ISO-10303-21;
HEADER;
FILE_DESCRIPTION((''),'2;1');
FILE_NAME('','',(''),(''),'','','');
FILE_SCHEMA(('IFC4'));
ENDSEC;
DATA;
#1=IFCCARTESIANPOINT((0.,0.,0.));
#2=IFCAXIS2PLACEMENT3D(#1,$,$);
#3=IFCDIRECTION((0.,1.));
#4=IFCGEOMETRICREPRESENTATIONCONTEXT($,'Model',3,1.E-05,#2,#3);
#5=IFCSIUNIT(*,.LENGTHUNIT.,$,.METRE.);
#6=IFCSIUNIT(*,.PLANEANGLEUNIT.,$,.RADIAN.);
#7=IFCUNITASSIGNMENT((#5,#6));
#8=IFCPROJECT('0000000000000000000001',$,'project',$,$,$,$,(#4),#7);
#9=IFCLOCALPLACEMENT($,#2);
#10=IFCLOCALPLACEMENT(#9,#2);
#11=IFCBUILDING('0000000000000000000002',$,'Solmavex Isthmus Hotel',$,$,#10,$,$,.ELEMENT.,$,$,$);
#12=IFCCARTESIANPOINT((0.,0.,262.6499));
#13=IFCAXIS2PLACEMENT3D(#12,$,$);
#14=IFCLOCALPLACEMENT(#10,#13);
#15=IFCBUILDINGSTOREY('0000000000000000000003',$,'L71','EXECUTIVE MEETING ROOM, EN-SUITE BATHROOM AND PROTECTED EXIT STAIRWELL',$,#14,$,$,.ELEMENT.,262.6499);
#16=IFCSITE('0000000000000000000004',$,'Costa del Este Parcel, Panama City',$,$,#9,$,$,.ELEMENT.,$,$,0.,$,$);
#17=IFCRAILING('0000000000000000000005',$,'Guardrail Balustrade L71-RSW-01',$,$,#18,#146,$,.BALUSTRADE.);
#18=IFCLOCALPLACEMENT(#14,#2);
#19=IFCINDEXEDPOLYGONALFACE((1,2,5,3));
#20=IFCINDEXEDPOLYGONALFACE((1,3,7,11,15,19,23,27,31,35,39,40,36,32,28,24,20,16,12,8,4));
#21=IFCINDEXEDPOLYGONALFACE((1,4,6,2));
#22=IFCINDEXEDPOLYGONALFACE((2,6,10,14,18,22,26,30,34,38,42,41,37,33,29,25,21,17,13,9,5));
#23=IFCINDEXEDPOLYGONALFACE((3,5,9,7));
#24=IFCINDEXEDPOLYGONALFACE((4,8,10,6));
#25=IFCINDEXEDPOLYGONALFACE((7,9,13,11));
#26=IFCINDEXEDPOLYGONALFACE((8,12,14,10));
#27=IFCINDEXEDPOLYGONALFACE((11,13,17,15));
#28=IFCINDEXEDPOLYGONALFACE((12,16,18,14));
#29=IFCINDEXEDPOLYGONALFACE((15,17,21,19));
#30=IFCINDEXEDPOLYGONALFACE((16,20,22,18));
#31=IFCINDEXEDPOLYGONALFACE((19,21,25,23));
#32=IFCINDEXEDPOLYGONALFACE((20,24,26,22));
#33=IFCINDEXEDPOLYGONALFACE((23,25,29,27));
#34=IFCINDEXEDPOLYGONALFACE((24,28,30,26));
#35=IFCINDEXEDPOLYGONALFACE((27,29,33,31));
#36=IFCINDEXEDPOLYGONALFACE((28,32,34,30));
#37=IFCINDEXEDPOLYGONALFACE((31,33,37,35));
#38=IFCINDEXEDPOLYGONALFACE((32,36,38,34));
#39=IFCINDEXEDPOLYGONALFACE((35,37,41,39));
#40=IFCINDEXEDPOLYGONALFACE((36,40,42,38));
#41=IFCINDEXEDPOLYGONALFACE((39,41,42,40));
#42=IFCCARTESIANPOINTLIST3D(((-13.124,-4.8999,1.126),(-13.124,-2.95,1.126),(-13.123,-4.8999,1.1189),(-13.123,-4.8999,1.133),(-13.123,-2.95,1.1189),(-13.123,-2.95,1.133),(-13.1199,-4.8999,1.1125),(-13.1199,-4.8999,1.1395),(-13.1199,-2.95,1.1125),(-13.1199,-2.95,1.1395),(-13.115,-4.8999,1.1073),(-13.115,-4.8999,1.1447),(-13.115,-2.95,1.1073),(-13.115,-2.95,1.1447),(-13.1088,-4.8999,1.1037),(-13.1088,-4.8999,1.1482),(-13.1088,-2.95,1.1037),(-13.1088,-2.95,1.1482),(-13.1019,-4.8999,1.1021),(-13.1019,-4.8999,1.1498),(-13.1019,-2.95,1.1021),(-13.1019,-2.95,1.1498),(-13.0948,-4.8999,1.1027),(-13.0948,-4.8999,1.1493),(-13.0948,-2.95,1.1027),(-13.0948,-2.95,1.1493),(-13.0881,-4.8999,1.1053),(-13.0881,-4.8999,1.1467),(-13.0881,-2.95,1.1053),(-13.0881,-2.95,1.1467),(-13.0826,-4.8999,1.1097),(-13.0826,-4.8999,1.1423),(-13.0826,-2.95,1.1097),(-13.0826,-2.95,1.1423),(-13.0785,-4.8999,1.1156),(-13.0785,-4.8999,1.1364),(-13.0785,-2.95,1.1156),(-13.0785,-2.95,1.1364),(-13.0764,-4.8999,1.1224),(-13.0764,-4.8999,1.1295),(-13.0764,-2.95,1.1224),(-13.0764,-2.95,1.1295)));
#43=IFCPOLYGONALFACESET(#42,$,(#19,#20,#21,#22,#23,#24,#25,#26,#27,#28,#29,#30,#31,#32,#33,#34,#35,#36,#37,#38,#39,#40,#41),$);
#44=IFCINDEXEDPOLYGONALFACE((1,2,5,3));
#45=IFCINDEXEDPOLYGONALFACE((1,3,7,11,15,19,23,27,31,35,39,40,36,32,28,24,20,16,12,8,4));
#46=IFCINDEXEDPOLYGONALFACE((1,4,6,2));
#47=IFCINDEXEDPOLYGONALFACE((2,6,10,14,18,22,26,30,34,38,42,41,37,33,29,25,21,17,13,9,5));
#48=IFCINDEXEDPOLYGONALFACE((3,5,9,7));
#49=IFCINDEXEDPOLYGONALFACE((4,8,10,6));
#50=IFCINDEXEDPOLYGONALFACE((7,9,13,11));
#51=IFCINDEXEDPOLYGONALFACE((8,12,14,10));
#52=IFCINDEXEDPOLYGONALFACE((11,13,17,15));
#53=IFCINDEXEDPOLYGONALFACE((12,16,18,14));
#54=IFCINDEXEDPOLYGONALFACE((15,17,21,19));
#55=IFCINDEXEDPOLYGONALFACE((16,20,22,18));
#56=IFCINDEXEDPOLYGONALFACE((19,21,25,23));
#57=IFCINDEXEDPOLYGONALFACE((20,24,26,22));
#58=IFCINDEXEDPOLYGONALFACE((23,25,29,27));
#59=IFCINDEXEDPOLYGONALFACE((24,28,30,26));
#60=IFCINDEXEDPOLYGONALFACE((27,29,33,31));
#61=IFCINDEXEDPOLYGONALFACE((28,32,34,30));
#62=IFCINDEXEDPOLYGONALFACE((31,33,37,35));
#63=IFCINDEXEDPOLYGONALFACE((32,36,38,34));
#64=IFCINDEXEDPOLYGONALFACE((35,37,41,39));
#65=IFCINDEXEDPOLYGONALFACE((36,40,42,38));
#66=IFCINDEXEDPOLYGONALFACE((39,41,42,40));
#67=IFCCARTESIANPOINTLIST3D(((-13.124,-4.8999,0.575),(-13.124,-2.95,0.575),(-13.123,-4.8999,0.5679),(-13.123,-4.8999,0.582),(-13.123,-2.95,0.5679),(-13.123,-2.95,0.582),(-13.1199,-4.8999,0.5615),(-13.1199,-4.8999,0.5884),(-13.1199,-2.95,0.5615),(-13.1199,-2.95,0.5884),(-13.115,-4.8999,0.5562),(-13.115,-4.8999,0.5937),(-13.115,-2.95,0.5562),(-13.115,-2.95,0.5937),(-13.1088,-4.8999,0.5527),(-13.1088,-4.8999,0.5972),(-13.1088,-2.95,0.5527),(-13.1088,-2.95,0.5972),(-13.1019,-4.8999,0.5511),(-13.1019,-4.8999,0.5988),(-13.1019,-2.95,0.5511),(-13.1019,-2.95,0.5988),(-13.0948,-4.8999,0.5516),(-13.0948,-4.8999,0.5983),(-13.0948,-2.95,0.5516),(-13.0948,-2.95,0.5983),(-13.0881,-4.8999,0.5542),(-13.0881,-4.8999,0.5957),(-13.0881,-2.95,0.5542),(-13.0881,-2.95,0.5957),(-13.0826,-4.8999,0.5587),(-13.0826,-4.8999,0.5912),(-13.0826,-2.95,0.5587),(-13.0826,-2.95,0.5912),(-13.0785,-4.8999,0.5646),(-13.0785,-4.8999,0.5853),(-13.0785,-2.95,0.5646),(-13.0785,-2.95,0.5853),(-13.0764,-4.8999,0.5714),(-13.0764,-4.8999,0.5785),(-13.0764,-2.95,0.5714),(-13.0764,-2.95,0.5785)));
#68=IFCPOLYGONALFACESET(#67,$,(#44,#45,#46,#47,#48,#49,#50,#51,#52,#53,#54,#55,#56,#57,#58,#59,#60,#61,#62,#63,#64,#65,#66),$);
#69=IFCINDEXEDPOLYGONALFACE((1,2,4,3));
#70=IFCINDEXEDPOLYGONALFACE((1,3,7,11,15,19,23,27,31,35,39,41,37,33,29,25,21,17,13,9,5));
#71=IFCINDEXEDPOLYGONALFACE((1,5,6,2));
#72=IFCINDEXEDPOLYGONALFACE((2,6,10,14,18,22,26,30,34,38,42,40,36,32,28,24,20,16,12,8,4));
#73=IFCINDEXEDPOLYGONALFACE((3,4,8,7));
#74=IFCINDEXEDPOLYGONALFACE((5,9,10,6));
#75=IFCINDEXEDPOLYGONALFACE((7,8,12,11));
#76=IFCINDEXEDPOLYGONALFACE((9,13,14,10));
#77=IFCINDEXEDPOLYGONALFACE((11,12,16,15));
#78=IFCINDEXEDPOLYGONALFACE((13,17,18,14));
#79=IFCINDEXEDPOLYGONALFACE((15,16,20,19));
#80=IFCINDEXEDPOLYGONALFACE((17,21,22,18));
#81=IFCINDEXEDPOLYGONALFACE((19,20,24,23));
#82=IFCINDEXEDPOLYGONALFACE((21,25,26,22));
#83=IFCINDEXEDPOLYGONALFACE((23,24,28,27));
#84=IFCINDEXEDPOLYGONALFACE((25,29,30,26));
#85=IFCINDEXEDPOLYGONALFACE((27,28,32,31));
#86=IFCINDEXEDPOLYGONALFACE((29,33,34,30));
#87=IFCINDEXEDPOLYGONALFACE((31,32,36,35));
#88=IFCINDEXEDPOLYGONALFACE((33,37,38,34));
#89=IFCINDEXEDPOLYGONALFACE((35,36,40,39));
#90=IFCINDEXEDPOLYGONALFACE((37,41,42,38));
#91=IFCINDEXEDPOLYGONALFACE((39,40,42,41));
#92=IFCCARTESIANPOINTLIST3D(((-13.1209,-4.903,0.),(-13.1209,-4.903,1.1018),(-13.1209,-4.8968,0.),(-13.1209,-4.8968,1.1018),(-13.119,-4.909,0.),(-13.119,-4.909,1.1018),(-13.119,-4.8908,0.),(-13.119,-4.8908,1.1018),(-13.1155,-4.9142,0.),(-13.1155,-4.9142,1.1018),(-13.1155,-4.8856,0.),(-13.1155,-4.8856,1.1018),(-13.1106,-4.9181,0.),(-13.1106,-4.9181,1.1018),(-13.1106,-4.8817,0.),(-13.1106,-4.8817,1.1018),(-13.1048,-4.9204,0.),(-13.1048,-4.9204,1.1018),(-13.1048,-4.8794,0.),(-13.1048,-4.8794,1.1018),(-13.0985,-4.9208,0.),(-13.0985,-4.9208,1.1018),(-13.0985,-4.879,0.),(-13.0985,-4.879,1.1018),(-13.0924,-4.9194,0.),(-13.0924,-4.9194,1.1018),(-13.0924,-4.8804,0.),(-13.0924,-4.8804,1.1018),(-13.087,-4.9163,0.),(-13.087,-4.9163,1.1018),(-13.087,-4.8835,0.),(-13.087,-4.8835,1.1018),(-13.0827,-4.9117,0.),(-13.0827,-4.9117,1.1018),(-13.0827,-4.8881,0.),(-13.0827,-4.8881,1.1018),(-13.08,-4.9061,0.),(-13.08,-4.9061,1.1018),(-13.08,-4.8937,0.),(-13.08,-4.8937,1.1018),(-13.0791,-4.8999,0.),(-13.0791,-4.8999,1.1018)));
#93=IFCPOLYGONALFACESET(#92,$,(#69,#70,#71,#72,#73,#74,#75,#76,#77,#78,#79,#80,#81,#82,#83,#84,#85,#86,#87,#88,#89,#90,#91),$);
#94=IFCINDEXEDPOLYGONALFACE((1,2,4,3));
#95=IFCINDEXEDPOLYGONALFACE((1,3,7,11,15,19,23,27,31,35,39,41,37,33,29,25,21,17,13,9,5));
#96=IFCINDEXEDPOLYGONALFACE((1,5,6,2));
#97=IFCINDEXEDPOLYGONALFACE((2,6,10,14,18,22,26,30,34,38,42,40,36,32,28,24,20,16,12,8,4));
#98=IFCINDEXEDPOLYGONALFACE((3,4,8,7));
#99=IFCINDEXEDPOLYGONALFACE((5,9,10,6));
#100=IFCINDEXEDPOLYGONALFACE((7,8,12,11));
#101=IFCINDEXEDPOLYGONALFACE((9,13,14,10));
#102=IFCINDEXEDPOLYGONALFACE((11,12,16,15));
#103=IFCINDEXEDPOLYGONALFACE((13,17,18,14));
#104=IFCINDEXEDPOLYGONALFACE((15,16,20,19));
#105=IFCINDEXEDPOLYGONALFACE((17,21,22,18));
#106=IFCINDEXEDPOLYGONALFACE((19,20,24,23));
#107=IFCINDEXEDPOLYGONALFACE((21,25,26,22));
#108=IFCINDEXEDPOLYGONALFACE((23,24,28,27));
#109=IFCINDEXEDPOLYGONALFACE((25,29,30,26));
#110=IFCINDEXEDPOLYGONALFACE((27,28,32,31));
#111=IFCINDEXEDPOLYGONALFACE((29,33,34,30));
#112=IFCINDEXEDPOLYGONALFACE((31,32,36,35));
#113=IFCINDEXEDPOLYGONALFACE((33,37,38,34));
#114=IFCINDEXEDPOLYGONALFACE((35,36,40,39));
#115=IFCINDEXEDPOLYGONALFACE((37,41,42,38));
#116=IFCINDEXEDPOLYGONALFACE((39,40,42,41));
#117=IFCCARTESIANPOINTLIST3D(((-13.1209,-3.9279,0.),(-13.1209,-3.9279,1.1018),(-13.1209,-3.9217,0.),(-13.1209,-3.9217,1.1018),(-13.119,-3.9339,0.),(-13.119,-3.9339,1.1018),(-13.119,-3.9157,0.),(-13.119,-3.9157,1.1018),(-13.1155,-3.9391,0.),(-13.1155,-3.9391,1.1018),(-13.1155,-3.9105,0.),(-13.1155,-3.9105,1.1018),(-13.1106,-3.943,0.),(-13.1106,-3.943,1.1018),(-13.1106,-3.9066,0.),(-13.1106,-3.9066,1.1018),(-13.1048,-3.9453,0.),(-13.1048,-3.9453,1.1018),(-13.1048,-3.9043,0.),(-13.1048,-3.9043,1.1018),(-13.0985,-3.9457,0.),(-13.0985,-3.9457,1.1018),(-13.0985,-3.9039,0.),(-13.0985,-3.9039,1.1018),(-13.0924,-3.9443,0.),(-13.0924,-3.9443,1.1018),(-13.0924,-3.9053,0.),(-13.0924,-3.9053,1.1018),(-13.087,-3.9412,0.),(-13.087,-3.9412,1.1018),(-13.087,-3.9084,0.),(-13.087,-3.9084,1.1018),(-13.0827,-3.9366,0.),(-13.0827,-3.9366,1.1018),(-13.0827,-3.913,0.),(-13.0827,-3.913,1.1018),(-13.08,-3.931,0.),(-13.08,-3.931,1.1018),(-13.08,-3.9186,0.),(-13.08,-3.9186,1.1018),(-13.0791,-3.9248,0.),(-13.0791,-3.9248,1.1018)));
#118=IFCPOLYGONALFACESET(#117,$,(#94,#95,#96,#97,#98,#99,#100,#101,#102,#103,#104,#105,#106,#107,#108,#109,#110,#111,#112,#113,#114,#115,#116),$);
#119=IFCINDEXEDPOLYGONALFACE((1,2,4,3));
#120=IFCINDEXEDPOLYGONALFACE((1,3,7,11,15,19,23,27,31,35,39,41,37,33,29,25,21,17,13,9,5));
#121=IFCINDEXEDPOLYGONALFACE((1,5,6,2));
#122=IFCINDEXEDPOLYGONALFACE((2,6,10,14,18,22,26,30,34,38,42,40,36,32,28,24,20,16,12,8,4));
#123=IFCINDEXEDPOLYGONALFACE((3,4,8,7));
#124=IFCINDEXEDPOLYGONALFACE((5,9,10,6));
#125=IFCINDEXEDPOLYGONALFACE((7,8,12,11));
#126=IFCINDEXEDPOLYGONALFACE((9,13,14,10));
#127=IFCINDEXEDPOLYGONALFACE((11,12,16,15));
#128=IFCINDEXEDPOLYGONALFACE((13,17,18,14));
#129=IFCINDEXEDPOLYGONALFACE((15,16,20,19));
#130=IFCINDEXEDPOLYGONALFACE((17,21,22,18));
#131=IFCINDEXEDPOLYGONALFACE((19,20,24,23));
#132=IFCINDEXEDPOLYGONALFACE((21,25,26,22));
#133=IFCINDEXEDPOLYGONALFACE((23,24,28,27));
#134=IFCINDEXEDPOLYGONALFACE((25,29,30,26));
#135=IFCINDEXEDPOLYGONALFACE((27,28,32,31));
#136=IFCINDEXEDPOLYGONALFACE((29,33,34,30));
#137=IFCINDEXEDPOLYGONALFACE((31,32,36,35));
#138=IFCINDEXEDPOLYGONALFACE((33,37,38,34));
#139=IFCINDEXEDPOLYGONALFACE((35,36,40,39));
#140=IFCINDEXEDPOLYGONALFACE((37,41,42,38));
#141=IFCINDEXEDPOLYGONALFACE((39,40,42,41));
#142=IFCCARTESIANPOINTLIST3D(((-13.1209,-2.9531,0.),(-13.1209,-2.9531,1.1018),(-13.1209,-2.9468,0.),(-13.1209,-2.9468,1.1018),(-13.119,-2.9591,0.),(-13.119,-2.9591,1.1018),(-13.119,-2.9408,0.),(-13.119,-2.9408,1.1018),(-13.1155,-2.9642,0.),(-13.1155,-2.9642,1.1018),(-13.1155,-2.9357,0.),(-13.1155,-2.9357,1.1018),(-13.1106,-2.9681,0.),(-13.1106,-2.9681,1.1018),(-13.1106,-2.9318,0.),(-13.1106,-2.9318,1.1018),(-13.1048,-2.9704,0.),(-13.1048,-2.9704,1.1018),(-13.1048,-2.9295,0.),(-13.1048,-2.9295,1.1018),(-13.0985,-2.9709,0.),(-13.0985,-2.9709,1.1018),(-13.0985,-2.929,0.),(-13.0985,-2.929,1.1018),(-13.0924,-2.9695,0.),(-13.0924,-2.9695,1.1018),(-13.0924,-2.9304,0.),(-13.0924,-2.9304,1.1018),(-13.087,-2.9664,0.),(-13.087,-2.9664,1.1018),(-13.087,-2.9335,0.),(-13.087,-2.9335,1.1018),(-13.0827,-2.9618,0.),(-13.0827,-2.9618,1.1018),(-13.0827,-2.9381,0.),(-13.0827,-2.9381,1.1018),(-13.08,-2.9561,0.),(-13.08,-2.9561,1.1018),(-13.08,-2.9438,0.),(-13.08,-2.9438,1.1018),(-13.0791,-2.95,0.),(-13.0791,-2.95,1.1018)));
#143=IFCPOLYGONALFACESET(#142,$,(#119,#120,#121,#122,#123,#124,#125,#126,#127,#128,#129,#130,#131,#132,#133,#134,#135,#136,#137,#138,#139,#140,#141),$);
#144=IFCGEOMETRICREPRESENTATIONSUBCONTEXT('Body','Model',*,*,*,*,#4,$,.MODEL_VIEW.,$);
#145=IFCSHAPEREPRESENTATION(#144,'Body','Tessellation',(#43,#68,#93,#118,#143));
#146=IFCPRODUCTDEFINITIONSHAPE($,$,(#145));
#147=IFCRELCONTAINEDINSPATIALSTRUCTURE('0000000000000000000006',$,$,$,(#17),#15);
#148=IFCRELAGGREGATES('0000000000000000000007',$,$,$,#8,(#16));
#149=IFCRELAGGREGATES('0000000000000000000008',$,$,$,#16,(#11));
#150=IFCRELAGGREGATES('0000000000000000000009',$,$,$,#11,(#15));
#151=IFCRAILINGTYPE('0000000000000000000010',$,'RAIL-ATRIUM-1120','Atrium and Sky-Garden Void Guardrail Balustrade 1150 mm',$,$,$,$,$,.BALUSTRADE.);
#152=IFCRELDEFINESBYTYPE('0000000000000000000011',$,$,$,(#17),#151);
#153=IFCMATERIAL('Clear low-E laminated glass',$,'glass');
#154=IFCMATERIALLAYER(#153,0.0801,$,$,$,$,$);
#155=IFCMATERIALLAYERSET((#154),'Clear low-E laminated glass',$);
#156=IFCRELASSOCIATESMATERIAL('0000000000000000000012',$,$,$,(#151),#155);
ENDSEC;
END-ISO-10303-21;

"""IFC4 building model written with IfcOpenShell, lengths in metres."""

from ifc_helpers import new_model, si_unit, direction, frame, origin, origin_2d, place, context, subcontext, project, spatial, circle, extrude, material, layer, layer_set, type_object, element, save


model = new_model("IFC4")

# Units and contexts
model_context = context("Model", 3, precision=1e-05, world=origin(), true_north=direction((0.0, 1.0)))
body_context = subcontext(model_context, "Body", "Model", "MODEL_VIEW")
ifc_project = project(units=[si_unit("LENGTHUNIT", "METRE"), si_unit("PLANEANGLEUNIT", "RADIAN")], contexts=[model_context])

# Site, building, storey
site_placement = place(None, origin())
site = spatial("IfcSite", under=ifc_project, at=site_placement, Name="Costa del Este Parcel, Panama City", CompositionType="ELEMENT", RefElevation=0.0)
building_placement = place(site_placement, origin())
building = spatial("IfcBuilding", under=site, at=building_placement, Name="Solmavex Isthmus Hotel", CompositionType="ELEMENT")
storey_placement = place(building_placement, frame((0.0, 0.0, 262.6499)))
storey = spatial("IfcBuildingStorey", under=building, at=storey_placement, Name="L71", Description="EXECUTIVE MEETING ROOM, EN-SUITE BATHROOM AND PROTECTED EXIT STAIRWELL", CompositionType="ELEMENT", Elevation=262.6499)

# Railing
ifc_material_1 = material(Name="Clear low-E laminated glass", Category="glass")
ifc_layer_1 = layer(ifc_material_1, 0.0801)
ifc_layer_set_1 = layer_set([ifc_layer_1], Name="Clear low-E laminated glass")
railing_type_1 = type_object("IfcRailingType", Name="RAIL-ATRIUM-1120", Description="Atrium and Sky-Garden Void Guardrail Balustrade 1150 mm", PredefinedType="BALUSTRADE", material=ifc_layer_set_1)
railing_1_placement = place(storey_placement, frame((-13.1001, -4.8999, 0.0)))
element("IfcRailing", 1, at=railing_1_placement, inside=storey, type_object=railing_type_1, Name="Guardrail Balustrade L71-RSW-01", PredefinedType="BALUSTRADE", context=body_context, shape_type="SweptSolid", body=[
    extrude(circle(Radius=0.0239, at=origin_2d()), frame((0.0, 0.0, 1.126), z_axis=(0.0, 1.0, 0.0), x_axis=(-1.0, 0.0, 0.0)), (0.0, 0.0, 1.0), 1.95),
    extrude(circle(Radius=0.0239, at=origin_2d()), frame((0.0, 0.0, 0.575), z_axis=(0.0, 1.0, 0.0), x_axis=(-1.0, 0.0, 0.0)), (0.0, 0.0, 1.0), 1.95),
    extrude(circle(Radius=0.021, at=origin_2d()), origin(), (0.0, 0.0, 1.0), 1.1018),
    extrude(circle(Radius=0.021, at=origin_2d()), frame((0.0, 0.9751, 0.0)), (0.0, 0.0, 1.0), 1.1018),
    extrude(circle(Radius=0.021, at=origin_2d()), frame((0.0, 1.95, 0.0)), (0.0, 0.0, 1.0), 1.1018),
])

save(model, "model.ifc")
